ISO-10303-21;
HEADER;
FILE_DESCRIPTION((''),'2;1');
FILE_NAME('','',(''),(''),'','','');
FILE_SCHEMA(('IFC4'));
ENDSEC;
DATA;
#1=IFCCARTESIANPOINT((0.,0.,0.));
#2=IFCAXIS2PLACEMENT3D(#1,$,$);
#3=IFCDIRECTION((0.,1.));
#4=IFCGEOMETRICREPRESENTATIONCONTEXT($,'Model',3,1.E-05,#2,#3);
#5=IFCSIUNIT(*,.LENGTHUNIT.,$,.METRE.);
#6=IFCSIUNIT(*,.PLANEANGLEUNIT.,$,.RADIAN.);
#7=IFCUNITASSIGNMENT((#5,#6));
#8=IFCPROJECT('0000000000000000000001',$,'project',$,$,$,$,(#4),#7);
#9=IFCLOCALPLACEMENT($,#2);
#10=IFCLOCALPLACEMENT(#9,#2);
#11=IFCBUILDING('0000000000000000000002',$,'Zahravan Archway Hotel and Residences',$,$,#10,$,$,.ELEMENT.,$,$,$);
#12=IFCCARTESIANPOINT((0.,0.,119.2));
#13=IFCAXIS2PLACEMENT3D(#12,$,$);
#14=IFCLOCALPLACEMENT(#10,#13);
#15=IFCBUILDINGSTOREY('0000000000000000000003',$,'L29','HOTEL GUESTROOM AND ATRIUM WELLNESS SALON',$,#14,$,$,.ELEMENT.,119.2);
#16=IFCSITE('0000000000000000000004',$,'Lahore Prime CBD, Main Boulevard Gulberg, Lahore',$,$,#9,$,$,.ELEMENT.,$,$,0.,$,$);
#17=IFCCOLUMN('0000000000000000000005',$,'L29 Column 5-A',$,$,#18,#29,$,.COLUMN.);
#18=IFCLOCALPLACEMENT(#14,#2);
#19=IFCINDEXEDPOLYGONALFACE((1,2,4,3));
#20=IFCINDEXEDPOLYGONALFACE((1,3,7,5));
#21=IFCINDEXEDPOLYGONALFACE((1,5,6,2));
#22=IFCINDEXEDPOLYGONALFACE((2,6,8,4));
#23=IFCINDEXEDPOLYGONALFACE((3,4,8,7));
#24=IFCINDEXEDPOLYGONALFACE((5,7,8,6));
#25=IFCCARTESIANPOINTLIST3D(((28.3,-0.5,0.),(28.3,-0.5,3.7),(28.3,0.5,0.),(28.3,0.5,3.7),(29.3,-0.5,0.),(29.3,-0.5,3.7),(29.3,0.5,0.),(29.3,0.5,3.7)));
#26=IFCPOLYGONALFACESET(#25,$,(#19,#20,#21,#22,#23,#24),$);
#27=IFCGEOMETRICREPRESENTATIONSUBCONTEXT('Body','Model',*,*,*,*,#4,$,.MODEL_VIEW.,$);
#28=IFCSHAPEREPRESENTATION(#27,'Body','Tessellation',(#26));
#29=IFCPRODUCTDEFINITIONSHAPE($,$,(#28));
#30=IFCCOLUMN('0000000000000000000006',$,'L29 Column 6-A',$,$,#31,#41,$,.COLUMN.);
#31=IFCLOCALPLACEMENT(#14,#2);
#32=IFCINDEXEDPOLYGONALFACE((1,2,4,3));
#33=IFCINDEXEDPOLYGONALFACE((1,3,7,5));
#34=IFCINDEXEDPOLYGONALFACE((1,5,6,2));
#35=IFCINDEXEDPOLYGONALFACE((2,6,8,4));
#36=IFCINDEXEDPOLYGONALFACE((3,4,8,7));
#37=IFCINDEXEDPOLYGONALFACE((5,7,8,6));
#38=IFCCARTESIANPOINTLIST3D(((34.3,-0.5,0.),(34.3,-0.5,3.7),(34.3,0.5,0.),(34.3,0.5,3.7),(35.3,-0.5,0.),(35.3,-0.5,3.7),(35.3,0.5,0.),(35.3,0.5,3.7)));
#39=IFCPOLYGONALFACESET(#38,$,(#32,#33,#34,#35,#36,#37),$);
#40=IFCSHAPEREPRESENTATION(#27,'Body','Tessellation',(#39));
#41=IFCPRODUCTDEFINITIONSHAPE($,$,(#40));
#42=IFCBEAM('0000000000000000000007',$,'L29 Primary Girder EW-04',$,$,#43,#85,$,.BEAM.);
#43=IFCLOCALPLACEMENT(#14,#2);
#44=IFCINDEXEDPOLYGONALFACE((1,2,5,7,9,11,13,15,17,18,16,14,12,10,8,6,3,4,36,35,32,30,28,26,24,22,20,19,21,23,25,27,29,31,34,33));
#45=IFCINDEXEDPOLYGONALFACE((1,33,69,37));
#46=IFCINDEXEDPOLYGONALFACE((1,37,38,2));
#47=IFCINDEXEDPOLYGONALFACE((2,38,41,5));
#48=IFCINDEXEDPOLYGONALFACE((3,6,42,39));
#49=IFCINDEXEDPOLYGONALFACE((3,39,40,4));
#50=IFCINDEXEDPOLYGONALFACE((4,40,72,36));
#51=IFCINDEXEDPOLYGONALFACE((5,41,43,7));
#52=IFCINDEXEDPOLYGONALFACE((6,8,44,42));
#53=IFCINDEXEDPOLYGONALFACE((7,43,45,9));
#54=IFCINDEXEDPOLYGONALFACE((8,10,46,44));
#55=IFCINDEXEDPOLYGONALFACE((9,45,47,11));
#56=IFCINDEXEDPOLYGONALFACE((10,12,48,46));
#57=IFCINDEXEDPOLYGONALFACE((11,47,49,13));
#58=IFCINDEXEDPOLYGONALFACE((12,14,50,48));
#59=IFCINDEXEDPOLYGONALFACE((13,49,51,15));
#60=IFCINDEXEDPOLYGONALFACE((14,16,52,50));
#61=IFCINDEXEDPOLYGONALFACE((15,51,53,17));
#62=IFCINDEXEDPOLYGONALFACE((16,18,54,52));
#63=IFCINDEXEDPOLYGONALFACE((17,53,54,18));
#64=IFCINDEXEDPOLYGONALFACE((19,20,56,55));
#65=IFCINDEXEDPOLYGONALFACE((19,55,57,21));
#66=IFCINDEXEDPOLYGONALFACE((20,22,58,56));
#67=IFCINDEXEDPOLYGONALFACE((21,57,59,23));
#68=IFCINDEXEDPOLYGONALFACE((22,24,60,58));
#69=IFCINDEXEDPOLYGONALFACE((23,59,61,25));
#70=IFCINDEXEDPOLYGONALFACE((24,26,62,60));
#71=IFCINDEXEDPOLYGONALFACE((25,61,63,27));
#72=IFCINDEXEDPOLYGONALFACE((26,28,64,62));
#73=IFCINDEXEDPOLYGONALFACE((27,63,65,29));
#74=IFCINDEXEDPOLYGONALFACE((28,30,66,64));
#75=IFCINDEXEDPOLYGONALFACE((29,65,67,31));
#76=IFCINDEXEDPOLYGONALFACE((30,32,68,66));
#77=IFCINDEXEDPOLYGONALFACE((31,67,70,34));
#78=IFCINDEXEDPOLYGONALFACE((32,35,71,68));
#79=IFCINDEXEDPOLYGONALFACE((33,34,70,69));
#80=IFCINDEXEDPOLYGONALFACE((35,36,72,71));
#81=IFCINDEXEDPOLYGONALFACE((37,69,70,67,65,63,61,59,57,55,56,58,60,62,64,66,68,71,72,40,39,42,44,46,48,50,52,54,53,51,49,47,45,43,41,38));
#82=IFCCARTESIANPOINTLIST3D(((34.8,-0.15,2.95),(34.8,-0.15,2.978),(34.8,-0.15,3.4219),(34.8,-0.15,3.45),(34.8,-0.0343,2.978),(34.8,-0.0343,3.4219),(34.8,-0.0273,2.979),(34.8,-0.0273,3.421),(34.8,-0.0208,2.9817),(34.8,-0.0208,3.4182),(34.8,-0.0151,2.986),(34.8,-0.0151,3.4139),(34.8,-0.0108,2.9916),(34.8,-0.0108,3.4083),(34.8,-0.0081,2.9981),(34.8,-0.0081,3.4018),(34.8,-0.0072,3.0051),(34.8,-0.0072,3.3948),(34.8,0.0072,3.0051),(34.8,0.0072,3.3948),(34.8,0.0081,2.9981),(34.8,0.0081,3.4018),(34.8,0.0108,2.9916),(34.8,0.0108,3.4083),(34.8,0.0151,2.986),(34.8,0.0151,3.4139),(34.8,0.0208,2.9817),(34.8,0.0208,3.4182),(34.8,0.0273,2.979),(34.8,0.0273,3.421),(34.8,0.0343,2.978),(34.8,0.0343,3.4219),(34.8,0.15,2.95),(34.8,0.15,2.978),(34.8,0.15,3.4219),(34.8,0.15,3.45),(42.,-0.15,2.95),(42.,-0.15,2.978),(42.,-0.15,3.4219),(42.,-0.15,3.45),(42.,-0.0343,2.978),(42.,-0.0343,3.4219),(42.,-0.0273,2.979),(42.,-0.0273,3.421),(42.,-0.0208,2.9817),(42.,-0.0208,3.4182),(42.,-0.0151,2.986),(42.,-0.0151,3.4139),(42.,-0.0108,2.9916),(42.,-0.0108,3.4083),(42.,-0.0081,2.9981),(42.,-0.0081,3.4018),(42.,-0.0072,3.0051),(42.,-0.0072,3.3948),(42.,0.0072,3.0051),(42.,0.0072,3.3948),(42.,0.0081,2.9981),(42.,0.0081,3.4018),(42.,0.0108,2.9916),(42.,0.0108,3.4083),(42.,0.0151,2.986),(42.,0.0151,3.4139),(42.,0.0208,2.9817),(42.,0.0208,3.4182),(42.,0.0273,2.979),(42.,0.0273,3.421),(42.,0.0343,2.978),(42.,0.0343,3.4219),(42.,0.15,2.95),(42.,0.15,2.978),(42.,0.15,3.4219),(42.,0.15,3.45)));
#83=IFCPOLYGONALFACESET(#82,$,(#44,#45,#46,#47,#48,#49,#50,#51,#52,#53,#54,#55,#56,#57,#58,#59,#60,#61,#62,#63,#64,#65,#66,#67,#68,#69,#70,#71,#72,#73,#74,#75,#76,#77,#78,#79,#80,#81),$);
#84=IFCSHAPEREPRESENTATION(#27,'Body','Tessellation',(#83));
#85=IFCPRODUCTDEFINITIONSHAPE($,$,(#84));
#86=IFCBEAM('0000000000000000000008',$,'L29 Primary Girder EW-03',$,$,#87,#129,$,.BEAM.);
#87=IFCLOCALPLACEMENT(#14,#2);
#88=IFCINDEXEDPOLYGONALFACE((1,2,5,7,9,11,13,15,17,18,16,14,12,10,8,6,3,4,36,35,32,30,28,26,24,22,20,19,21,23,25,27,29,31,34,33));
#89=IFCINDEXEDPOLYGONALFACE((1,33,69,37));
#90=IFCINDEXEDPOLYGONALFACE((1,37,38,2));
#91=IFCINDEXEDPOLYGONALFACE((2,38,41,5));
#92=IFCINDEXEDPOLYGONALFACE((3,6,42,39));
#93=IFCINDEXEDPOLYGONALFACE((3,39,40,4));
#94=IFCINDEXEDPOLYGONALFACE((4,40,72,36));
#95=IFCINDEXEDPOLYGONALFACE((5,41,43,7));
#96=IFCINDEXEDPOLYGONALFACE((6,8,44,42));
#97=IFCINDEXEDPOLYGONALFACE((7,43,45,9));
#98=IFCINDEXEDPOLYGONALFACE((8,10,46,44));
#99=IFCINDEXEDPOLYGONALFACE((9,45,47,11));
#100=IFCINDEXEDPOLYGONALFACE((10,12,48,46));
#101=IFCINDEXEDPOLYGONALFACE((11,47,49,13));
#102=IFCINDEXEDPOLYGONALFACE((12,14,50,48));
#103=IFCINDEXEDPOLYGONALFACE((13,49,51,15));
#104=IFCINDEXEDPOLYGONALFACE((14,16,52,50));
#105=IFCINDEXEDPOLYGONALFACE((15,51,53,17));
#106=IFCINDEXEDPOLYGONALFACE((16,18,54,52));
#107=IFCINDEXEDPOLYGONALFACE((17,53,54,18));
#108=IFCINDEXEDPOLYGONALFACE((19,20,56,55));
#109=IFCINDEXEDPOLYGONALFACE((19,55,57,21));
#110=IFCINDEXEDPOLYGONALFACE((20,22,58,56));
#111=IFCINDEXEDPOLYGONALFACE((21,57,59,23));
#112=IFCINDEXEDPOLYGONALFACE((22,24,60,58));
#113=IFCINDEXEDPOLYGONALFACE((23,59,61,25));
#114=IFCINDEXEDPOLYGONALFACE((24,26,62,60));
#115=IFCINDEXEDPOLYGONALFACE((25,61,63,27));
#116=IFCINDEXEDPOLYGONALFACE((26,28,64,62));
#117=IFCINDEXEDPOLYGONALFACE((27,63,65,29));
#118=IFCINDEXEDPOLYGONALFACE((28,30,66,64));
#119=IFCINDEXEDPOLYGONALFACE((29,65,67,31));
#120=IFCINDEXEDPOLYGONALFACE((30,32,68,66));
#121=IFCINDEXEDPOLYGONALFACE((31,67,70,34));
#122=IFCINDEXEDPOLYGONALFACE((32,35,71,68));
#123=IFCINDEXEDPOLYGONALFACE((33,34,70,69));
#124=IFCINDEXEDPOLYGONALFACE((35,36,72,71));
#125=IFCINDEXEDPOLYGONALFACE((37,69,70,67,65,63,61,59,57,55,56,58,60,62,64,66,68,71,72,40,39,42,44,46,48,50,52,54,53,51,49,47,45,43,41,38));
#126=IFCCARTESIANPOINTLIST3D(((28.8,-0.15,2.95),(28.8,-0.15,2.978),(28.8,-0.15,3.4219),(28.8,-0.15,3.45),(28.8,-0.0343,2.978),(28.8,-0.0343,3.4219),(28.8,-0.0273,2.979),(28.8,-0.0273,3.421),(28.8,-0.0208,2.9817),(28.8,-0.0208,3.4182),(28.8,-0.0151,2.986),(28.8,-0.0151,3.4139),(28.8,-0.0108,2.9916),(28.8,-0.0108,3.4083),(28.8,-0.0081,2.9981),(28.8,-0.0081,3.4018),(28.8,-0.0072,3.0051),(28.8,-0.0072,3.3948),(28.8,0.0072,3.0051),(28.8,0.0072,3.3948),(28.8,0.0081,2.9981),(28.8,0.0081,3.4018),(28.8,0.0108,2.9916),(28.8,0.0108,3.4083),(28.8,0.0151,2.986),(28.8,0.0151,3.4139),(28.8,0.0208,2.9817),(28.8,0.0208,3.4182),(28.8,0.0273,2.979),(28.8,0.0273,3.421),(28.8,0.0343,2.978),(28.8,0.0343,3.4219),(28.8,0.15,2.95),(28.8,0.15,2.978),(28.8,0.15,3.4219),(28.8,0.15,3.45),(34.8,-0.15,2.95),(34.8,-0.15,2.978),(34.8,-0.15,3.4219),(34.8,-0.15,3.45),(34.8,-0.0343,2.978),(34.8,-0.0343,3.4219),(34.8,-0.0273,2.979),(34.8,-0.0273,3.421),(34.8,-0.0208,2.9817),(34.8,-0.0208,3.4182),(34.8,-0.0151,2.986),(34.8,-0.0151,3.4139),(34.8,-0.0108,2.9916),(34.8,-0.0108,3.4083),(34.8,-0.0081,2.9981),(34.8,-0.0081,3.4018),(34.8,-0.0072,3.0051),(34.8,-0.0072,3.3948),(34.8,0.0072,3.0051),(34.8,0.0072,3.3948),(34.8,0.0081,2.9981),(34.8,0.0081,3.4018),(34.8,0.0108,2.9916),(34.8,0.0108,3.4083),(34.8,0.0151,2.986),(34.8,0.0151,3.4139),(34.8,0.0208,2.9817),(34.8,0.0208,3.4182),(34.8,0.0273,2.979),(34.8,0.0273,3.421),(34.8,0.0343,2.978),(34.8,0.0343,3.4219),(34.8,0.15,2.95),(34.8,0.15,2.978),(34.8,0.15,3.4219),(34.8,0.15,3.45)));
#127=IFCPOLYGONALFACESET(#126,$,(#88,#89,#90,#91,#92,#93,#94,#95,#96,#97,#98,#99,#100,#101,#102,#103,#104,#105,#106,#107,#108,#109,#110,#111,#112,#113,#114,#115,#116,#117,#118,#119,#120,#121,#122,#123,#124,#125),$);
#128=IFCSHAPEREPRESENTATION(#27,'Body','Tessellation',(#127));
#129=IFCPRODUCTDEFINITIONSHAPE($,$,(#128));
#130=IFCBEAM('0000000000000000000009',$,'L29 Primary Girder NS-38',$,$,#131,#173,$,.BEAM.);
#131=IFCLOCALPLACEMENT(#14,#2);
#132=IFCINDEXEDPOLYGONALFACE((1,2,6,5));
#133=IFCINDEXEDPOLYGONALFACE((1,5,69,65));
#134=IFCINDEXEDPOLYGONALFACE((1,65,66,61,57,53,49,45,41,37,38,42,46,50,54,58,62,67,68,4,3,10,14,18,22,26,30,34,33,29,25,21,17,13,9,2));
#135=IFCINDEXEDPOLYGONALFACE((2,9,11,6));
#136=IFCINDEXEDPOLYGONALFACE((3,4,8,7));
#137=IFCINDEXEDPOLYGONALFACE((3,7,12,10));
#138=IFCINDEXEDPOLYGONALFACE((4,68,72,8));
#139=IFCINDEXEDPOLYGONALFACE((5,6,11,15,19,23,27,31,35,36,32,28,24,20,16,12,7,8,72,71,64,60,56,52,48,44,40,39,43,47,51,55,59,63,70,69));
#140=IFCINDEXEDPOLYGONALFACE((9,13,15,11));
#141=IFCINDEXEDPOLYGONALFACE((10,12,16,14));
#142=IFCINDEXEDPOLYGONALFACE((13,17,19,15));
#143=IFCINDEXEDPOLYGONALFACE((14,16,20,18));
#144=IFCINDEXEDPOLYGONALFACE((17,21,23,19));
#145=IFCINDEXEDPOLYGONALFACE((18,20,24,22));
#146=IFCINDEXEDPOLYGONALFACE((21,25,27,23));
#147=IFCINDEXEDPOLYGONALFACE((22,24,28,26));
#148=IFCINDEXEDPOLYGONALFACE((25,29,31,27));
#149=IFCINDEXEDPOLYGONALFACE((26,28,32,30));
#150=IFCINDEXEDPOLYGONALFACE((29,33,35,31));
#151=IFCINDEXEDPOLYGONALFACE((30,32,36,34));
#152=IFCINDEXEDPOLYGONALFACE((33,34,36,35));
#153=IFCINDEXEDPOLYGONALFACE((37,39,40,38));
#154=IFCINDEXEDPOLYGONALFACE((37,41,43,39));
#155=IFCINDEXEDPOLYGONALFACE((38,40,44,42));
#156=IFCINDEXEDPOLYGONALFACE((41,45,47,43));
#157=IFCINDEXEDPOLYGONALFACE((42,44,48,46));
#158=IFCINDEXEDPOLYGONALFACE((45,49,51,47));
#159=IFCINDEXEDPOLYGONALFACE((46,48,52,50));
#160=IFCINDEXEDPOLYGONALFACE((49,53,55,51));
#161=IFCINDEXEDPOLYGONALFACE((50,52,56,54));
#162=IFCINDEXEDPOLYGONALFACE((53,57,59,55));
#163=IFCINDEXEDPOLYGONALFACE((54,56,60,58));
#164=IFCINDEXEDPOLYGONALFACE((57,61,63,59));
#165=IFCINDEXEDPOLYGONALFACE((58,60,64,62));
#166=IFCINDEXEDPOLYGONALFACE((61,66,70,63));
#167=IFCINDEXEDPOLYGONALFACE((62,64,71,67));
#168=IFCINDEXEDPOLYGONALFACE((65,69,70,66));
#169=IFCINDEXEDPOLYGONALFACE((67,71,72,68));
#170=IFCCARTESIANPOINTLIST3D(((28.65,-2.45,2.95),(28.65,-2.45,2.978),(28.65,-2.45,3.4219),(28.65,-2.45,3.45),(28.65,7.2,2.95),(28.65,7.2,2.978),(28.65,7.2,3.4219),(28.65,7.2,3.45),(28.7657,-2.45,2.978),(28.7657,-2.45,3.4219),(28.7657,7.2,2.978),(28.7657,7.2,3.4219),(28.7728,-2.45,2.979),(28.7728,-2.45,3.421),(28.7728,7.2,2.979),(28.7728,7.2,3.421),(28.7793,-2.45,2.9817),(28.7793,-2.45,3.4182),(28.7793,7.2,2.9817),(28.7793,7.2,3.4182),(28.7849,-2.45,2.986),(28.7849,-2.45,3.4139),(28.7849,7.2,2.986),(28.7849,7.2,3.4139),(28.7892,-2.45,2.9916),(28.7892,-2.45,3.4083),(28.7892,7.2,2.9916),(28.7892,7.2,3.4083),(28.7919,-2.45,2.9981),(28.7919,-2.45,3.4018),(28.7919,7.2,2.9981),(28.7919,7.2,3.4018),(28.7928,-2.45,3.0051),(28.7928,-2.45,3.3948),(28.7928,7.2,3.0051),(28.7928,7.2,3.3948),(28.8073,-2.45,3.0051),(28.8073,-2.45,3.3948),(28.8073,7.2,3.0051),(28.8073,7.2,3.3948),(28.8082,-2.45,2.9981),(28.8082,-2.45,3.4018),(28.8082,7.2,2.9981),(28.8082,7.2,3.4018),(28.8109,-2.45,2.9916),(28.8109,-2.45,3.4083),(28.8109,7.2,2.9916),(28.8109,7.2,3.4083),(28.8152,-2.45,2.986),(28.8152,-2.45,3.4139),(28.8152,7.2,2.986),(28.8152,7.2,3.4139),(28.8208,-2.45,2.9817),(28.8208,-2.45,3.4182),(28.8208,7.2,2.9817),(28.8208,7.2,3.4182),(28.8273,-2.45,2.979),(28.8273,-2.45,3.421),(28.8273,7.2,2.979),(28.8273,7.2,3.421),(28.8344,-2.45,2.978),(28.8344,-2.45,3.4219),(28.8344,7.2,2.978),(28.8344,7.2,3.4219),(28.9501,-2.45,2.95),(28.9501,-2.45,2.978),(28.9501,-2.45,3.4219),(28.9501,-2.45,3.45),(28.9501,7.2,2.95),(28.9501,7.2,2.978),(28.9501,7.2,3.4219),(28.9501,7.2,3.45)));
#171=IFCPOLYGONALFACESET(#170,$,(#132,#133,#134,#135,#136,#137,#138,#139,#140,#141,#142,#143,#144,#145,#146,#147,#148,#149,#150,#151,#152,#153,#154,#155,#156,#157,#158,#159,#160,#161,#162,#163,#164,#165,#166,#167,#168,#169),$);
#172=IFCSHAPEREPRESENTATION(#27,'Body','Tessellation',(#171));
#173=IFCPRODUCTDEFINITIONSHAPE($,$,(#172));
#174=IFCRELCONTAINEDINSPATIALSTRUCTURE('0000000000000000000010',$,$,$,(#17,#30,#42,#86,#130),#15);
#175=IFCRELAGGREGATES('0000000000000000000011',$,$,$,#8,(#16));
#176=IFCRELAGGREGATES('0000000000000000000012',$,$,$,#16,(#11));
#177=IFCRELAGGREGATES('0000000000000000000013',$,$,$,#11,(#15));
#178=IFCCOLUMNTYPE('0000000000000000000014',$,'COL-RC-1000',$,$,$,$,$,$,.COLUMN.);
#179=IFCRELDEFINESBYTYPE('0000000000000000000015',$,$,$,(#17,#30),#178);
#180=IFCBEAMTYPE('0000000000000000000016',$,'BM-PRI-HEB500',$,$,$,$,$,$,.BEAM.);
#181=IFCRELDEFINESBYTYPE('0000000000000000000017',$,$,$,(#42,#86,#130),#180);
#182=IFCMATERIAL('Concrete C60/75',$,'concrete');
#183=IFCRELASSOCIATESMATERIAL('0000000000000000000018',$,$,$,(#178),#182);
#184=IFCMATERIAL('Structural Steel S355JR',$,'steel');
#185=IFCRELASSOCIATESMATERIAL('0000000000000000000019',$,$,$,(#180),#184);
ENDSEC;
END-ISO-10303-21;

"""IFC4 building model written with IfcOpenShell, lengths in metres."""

from ifc_helpers import new_model, si_unit, direction, frame, origin, origin_2d, place, context, subcontext, project, spatial, rectangle, i_section, extrude, source, transform, mapped, material, material_profile, profile_set, type_object, type_shapes, element, save


model = new_model("IFC4")

# Units and contexts
model_context = context("Model", 3, precision=1e-05, world=origin(), true_north=direction((0.0, 1.0)))
body_context = subcontext(model_context, "Body", "Model", "MODEL_VIEW")
ifc_project = project(units=[si_unit("LENGTHUNIT", "METRE"), si_unit("PLANEANGLEUNIT", "RADIAN")], contexts=[model_context])

# Site, building, storey
site_placement = place(None, origin())
site = spatial("IfcSite", under=ifc_project, at=site_placement, Name="Lahore Prime CBD, Main Boulevard Gulberg, Lahore", CompositionType="ELEMENT", RefElevation=0.0)
building_placement = place(site_placement, origin())
building = spatial("IfcBuilding", under=site, at=building_placement, Name="Zahravan Archway Hotel and Residences", CompositionType="ELEMENT")
storey_placement = place(building_placement, frame((0.0, 0.0, 119.2)))
storey = spatial("IfcBuildingStorey", under=building, at=storey_placement, Name="L29", Description="HOTEL GUESTROOM AND ATRIUM WELLNESS SALON", CompositionType="ELEMENT", Elevation=119.2)

# Columns
ifc_material_1 = material(Name="Concrete C60/75", Category="concrete")
ifc_material_profile_1 = material_profile(ifc_material_1, rectangle(XDim=1.0, YDim=1.0, at=origin_2d()), Name="RC-COL-1000x1000", Category="concrete")
ifc_profile_set_1 = profile_set([ifc_material_profile_1], Name="Concrete C60/75")
column_type = type_object("IfcColumnType", Name="COL-RC-1000", PredefinedType="COLUMN", material=ifc_profile_set_1)
shared_shape_1 = source(origin(), body_context, "Body", "SweptSolid", [
    extrude(rectangle(XDim=1.0, YDim=1.0, at=origin_2d()), origin(), (0.0, 0.0, 1.0), 3.7),
])
type_shapes(column_type, [shared_shape_1])
for number, where, z_axis, x_axis, name in (
    (1, (28.8, 0.0, 0.0), (0.0, 0.0, 1.0), (1.0, 0.0, 0.0), "L29 Column 5-A"),
    (2, (34.8, 0.0, 0.0), (0.0, 0.0, 1.0), (1.0, 0.0, 0.0), "L29 Column 6-A"),
):
    element("IfcColumn", number, at=place(storey_placement, frame(where, z_axis=z_axis, x_axis=x_axis)), inside=storey, type_object=column_type, Name=name, PredefinedType="COLUMN", context=body_context, shape_type="MappedRepresentation", body=[
        mapped(shared_shape_1, transform((0.0, 0.0, 0.0), scale=1.0)),
    ])

# Beams
ifc_material_2 = material(Name="Structural Steel S355JR", Category="steel")
ifc_material_profile_2 = material_profile(ifc_material_2, i_section(OverallWidth=0.3, OverallDepth=0.5, WebThickness=0.0144, FlangeThickness=0.0281, FilletRadius=0.0271, at=origin_2d()), Name="HEB 500", Category="steel")
ifc_profile_set_2 = profile_set([ifc_material_profile_2], Name="Structural Steel S355JR")
beam_type_1 = type_object("IfcBeamType", Name="BM-PRI-HEB500", PredefinedType="BEAM", material=ifc_profile_set_2)
shared_shape_2 = source(origin(), body_context, "Body", "SweptSolid", [
    extrude(i_section(OverallWidth=0.3, OverallDepth=0.5, WebThickness=0.0144, FlangeThickness=0.0281, FilletRadius=0.0271, at=origin_2d()), origin(), (0.0, 0.0, 1.0), 7.2),
])
beam_1_placement = place(storey_placement, frame((34.8, 0.0, 3.2), z_axis=(1.0, 0.0, 0.0), x_axis=(0.0, 1.0, 0.0)))
element("IfcBeam", 3, at=beam_1_placement, inside=storey, type_object=beam_type_1, Name="L29 Primary Girder EW-04", PredefinedType="BEAM", context=body_context, shape_type="MappedRepresentation", body=[
    mapped(shared_shape_2, transform((0.0, 0.0, 0.0), scale=1.0)),
])
shared_shape_3 = source(origin(), body_context, "Body", "SweptSolid", [
    extrude(i_section(OverallWidth=0.3, OverallDepth=0.5, WebThickness=0.0144, FlangeThickness=0.0281, FilletRadius=0.0271, at=origin_2d()), origin(), (0.0, 0.0, 1.0), 6.0),
])
beam_2_placement = place(storey_placement, frame((28.8, 0.0, 3.2), z_axis=(1.0, 0.0, 0.0), x_axis=(0.0, 1.0, 0.0)))
element("IfcBeam", 4, at=beam_2_placement, inside=storey, type_object=beam_type_1, Name="L29 Primary Girder EW-03", PredefinedType="BEAM", context=body_context, shape_type="MappedRepresentation", body=[
    mapped(shared_shape_3, transform((0.0, 0.0, 0.0), scale=1.0)),
])
shared_shape_4 = source(origin(), body_context, "Body", "SweptSolid", [
    extrude(i_section(OverallWidth=0.3, OverallDepth=0.5, WebThickness=0.0144, FlangeThickness=0.0281, FilletRadius=0.0271, at=origin_2d()), origin(), (0.0, 0.0, 1.0), 9.6499),
])
beam_3_placement = place(storey_placement, frame((28.8, -2.45, 3.2), z_axis=(0.0, 1.0, 0.0), x_axis=(-1.0, 0.0, 0.0)))
element("IfcBeam", 5, at=beam_3_placement, inside=storey, type_object=beam_type_1, Name="L29 Primary Girder NS-38", PredefinedType="BEAM", context=body_context, shape_type="MappedRepresentation", body=[
    mapped(shared_shape_4, transform((0.0, 0.0, 0.0), scale=1.0)),
])

save(model, "model.ifc")
